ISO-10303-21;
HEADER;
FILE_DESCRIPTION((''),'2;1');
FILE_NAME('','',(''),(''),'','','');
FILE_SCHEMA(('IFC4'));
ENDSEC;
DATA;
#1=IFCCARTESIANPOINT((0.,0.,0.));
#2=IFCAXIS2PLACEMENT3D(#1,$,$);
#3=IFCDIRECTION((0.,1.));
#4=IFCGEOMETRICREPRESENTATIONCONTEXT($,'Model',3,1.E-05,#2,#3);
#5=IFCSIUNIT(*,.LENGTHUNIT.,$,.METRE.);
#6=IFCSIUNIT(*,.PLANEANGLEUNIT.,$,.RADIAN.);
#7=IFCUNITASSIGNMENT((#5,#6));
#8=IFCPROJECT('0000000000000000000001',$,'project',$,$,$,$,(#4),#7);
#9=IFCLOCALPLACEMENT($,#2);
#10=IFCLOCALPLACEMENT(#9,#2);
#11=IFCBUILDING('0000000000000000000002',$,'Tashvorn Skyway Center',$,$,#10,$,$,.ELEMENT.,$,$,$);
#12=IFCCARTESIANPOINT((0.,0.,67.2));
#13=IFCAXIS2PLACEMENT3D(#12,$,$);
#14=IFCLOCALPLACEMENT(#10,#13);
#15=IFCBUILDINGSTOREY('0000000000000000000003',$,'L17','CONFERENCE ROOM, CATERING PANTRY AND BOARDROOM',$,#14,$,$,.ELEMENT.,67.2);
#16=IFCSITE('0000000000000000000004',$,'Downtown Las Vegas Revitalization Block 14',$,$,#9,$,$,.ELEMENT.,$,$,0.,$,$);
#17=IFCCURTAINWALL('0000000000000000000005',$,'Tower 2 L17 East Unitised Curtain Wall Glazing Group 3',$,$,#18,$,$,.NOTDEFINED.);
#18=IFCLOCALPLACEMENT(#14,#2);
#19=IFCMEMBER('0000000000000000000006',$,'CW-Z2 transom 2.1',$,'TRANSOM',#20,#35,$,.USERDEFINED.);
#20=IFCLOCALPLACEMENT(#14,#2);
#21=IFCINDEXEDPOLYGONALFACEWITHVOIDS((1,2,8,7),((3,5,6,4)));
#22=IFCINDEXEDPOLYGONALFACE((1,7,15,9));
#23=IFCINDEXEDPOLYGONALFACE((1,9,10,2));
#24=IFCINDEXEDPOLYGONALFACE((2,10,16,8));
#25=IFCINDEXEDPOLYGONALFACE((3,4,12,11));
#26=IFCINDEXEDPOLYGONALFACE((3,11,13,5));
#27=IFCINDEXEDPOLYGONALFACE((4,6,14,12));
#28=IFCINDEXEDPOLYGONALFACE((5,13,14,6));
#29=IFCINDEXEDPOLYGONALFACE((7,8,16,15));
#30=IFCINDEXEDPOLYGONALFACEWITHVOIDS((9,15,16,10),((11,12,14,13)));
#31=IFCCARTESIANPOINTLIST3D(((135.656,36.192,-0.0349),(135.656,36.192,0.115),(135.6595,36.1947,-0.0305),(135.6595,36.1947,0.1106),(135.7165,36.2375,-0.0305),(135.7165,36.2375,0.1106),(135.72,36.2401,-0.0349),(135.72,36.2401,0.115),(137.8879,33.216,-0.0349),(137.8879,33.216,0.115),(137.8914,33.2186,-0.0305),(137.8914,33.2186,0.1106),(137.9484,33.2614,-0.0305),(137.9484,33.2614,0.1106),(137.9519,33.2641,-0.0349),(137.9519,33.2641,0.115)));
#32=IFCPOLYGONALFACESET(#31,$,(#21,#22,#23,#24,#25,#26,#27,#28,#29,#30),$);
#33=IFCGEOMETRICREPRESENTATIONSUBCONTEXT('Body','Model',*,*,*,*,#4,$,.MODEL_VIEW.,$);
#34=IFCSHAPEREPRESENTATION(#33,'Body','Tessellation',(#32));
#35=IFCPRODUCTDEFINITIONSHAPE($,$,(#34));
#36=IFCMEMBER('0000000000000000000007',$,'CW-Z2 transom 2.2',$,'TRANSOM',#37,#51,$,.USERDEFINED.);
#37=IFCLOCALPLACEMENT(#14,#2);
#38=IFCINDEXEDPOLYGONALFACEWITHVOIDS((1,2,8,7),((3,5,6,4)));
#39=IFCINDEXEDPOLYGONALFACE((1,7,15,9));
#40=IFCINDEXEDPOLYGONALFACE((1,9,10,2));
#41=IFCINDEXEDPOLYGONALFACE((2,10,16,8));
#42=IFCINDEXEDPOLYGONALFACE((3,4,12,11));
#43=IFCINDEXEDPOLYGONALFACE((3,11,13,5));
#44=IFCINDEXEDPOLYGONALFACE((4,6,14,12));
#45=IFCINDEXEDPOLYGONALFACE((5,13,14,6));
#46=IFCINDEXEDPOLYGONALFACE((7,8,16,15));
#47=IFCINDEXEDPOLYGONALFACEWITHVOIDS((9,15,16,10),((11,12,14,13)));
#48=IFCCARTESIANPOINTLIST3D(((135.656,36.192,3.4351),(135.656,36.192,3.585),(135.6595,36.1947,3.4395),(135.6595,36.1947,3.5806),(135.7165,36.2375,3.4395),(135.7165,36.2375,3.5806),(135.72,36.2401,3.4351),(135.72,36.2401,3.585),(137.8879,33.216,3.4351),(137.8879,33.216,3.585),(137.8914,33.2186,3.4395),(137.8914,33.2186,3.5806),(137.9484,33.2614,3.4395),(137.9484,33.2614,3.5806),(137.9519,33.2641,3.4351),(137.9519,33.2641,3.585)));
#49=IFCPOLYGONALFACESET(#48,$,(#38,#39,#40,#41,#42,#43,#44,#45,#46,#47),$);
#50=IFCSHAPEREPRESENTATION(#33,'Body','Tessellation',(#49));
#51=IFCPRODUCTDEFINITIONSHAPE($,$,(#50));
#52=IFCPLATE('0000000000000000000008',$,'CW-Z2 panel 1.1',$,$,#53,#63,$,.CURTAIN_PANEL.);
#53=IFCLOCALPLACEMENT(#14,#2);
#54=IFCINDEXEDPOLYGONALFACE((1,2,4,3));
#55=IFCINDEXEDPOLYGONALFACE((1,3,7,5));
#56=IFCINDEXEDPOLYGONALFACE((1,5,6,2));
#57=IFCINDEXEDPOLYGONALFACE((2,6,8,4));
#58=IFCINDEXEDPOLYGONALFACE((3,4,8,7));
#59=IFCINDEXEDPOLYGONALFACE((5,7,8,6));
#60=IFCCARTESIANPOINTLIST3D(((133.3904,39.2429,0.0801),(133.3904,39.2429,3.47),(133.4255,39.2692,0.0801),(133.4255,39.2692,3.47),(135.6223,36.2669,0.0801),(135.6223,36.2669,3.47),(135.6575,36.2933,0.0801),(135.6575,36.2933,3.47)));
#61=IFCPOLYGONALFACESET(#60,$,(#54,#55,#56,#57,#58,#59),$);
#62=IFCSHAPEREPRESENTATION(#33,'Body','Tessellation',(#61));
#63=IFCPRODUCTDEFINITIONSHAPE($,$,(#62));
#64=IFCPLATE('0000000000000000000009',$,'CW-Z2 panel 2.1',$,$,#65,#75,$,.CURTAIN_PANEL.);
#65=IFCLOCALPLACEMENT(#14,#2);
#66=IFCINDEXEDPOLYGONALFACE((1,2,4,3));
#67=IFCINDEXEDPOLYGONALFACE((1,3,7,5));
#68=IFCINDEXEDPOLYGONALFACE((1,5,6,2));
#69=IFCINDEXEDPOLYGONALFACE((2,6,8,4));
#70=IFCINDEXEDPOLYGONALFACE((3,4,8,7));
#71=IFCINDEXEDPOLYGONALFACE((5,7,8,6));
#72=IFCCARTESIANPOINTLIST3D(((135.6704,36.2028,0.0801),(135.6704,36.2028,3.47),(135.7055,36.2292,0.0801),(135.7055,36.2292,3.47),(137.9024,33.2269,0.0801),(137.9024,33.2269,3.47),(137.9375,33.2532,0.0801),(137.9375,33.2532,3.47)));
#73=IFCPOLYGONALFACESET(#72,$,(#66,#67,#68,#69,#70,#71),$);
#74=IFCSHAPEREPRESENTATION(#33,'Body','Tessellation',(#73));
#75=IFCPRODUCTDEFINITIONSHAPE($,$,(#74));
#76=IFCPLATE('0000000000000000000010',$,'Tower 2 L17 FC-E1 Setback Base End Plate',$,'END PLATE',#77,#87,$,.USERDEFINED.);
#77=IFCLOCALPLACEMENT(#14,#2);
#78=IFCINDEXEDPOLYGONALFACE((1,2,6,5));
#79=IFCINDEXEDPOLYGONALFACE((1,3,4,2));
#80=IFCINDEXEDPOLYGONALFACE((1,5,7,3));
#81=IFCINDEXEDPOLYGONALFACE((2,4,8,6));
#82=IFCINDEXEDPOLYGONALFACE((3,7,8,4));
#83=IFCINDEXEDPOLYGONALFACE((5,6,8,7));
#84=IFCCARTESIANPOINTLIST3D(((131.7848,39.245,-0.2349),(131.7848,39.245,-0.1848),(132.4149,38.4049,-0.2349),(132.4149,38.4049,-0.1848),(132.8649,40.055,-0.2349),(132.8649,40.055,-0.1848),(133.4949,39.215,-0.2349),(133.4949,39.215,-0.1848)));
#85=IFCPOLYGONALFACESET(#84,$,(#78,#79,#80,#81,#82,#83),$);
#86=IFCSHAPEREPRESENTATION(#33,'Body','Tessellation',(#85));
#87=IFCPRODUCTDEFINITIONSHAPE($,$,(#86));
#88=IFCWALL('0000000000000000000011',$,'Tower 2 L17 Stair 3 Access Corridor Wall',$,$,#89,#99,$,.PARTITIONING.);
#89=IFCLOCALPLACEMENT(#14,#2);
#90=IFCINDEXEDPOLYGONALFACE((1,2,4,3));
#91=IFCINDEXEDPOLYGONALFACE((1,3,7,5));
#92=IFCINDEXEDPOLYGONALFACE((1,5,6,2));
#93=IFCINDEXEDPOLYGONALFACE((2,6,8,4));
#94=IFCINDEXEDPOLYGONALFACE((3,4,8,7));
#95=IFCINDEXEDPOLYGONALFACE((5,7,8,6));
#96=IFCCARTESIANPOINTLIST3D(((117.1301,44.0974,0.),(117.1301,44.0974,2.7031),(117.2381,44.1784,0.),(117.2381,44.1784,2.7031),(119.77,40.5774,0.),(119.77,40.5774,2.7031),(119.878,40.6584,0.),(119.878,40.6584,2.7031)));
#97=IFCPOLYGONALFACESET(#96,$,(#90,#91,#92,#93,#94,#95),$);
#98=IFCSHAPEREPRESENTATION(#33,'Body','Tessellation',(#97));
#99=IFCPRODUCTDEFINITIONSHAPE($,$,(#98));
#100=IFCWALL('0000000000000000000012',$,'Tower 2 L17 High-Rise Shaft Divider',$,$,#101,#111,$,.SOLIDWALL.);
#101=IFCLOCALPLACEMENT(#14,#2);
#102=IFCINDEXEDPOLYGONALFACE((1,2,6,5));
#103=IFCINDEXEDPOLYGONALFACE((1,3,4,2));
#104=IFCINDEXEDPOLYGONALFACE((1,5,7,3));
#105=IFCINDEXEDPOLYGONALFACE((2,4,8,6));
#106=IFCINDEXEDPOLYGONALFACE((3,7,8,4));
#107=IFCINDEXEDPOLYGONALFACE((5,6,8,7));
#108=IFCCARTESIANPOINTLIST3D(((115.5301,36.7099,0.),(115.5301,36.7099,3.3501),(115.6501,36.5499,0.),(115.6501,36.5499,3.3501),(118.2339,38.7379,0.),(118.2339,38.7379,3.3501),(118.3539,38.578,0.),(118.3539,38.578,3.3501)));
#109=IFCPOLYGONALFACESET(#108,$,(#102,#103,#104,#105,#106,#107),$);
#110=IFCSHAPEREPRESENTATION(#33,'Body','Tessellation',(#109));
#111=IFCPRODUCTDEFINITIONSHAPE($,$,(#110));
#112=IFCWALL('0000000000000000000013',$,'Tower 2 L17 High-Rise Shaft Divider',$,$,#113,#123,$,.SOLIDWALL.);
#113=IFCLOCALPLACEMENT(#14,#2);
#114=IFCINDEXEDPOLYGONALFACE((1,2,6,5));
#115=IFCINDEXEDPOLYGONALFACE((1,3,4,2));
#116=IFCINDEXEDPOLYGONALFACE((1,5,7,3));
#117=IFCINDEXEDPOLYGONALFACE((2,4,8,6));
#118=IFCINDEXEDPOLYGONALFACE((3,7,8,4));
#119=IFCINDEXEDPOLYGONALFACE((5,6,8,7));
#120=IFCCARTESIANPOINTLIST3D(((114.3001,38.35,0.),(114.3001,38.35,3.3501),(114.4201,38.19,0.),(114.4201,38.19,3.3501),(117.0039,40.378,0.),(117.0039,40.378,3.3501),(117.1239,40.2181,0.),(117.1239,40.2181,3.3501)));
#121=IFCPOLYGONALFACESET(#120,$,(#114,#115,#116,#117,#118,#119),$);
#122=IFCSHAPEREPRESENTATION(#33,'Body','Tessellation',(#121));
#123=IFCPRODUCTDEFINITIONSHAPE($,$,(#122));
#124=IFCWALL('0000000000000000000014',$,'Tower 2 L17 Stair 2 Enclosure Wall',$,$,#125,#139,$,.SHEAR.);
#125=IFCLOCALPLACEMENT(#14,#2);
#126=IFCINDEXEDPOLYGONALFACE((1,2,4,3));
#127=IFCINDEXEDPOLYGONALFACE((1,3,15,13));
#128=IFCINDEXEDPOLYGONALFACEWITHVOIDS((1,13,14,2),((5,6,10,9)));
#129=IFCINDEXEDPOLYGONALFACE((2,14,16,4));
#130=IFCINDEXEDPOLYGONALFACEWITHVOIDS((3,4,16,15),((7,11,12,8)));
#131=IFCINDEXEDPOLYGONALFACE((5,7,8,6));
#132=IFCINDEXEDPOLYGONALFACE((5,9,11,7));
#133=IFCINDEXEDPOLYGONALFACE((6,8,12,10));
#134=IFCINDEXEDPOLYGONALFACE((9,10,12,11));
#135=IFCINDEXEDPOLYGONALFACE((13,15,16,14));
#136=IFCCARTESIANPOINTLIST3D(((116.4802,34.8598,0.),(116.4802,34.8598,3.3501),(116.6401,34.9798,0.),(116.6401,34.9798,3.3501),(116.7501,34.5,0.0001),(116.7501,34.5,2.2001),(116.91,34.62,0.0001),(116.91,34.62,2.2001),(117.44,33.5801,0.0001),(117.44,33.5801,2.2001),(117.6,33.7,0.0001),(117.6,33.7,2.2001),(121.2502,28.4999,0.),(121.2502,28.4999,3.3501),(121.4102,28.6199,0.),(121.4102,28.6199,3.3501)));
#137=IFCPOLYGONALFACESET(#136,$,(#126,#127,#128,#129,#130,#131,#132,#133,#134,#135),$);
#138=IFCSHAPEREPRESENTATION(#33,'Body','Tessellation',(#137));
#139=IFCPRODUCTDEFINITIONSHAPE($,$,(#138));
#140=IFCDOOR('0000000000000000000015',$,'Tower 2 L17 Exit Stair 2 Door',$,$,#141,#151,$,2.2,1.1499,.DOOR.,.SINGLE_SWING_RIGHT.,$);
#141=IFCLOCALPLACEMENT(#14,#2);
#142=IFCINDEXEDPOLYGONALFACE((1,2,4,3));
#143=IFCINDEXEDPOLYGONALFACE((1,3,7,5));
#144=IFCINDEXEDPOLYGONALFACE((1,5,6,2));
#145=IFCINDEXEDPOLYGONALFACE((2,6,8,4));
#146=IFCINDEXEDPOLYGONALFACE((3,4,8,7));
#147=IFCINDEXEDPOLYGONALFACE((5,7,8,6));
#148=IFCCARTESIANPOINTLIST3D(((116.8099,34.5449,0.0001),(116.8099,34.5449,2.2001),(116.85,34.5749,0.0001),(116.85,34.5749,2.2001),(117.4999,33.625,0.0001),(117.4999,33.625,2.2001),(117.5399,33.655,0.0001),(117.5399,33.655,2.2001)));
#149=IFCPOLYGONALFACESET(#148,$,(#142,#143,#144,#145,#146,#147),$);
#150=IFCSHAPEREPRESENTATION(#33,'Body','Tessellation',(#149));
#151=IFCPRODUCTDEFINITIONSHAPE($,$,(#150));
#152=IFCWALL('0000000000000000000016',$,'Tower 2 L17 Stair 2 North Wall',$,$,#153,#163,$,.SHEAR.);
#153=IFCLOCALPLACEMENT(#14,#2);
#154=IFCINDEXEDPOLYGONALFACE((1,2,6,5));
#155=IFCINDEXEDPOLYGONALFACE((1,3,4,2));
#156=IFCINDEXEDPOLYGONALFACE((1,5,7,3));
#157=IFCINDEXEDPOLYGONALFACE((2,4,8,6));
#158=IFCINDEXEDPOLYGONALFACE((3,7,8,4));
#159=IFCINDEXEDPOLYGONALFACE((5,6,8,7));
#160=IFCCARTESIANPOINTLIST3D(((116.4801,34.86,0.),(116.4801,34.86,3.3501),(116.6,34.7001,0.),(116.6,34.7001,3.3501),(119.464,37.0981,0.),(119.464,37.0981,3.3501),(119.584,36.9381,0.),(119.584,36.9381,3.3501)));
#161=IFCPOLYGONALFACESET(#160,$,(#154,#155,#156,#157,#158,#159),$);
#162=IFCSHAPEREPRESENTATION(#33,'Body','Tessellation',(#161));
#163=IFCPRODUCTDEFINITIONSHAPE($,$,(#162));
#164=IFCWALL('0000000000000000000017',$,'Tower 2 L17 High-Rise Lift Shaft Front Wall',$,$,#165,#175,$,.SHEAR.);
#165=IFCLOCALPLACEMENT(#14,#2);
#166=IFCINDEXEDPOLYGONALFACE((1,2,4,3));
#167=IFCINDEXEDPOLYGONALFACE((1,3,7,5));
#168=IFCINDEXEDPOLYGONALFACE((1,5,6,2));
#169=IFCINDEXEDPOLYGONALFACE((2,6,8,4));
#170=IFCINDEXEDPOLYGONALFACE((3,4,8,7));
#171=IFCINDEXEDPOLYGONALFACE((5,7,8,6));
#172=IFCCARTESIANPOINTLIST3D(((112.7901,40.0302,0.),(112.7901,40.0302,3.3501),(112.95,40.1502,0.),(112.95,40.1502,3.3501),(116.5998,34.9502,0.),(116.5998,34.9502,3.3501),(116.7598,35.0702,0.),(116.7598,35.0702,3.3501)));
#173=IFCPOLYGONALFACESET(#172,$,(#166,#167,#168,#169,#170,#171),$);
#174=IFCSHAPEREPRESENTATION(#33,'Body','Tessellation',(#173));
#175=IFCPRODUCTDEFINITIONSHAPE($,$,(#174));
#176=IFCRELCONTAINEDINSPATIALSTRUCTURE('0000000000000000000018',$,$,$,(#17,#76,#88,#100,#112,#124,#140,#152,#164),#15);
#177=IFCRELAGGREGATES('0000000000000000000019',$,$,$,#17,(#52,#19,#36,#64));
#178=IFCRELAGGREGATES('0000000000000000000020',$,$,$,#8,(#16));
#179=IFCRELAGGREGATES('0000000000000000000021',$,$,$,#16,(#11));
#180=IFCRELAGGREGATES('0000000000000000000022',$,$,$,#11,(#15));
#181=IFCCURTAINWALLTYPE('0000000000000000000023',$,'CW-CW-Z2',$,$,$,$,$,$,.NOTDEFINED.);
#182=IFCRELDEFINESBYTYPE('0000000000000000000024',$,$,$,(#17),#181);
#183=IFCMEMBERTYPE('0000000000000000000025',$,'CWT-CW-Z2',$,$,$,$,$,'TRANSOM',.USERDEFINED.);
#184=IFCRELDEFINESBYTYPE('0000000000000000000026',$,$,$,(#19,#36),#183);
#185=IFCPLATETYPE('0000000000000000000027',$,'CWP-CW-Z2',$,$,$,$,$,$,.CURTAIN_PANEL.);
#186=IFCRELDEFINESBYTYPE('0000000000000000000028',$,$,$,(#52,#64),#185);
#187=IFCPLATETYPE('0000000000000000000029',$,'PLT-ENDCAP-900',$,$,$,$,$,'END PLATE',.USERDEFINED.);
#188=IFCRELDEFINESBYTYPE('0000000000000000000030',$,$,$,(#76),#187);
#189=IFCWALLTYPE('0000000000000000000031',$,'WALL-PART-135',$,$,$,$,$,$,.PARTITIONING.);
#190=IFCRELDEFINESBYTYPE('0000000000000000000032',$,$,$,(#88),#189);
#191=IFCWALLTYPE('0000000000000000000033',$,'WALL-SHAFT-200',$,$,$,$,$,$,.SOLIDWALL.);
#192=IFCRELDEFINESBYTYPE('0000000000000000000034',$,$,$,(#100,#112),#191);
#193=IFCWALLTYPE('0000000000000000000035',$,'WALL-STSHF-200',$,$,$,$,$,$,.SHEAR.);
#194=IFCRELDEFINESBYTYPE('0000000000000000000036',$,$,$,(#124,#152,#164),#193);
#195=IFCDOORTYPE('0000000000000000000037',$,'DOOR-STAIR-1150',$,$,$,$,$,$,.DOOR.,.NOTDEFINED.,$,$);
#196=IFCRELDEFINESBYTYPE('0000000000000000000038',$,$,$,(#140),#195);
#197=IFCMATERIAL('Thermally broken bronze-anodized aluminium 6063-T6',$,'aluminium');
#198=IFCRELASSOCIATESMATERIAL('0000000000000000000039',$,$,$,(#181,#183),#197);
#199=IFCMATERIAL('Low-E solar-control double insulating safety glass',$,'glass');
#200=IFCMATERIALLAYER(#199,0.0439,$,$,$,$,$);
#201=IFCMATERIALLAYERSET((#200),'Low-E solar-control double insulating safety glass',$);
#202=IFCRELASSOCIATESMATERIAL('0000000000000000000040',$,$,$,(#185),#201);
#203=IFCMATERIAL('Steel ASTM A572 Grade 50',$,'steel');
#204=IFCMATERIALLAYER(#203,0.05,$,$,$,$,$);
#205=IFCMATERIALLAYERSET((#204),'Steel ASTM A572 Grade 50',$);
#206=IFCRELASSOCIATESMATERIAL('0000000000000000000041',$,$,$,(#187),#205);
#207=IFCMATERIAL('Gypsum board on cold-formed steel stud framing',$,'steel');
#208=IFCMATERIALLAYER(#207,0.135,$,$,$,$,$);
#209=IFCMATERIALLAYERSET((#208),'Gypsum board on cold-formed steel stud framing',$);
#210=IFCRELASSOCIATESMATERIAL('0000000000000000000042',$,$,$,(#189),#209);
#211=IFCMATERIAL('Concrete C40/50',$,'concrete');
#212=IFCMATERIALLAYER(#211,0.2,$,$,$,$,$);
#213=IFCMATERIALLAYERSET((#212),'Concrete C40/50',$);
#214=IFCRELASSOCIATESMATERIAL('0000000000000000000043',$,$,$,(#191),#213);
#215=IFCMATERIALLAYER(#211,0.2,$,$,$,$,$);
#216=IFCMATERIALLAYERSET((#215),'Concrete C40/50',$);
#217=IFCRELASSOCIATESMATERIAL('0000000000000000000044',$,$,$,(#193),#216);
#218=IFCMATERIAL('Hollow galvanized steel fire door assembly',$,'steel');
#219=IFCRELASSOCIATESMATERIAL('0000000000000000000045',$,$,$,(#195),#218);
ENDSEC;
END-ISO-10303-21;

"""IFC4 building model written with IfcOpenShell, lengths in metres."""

from ifc_helpers import new_model, si_unit, direction, frame, frame_2d, origin, origin_2d, place, context, subcontext, project, spatial, rectangle, hollow_rectangle, extrude, material, layer, layer_set, material_profile, profile_set, type_object, element, fill, aggregate, save


model = new_model("IFC4")

# Units and contexts
model_context = context("Model", 3, precision=1e-05, world=origin(), true_north=direction((0.0, 1.0)))
body_context = subcontext(model_context, "Body", "Model", "MODEL_VIEW")
ifc_project = project(units=[si_unit("LENGTHUNIT", "METRE"), si_unit("PLANEANGLEUNIT", "RADIAN")], contexts=[model_context])

# Site, building, storey
site_placement = place(None, origin())
site = spatial("IfcSite", under=ifc_project, at=site_placement, Name="Downtown Las Vegas Revitalization Block 14", CompositionType="ELEMENT", RefElevation=0.0)
building_placement = place(site_placement, origin())
building = spatial("IfcBuilding", under=site, at=building_placement, Name="Tashvorn Skyway Center", CompositionType="ELEMENT")
storey_placement = place(building_placement, frame((0.0, 0.0, 67.2)))
storey = spatial("IfcBuildingStorey", under=building, at=storey_placement, Name="L17", Description="CONFERENCE ROOM, CATERING PANTRY AND BOARDROOM", CompositionType="ELEMENT", Elevation=67.2)

# Shared definitions
ifc_material_1 = material(Name="Steel ASTM A572 Grade 50", Category="steel")

# Shared definitions
ifc_material_2 = material(Name="Thermally broken bronze-anodized aluminium 6063-T6", Category="aluminium")
curtain_wall_type = type_object("IfcCurtainWallType", Name="CW-CW-Z2", PredefinedType="NOTDEFINED", material=ifc_material_2)

# Curtain wall, members, plates
curtain_wall_1_placement = place(storey_placement, origin())
curtain_wall_1 = element("IfcCurtainWall", 1, at=curtain_wall_1_placement, inside=storey, type_object=curtain_wall_type, Name="Tower 2 L17 East Unitised Curtain Wall Glazing Group 3", PredefinedType="NOTDEFINED")
ifc_material_profile_1 = material_profile(ifc_material_2, hollow_rectangle(XDim=0.0801, YDim=0.1499, WallThickness=0.0044, at=origin_2d()), Name="ALU-TRAN-80x150")
ifc_profile_set_1 = profile_set([ifc_material_profile_1], Name="Thermally broken bronze-anodized aluminium 6063-T6")
member_type_1 = type_object("IfcMemberType", Name="CWT-CW-Z2", ElementType="TRANSOM", PredefinedType="USERDEFINED", material=ifc_profile_set_1)
member_1_placement = place(storey_placement, frame((135.688, 36.2161, 0.04), z_axis=(0.599979, -0.800016, 0.0), x_axis=(0.800016, 0.599979, 0.0)))
member_1 = element("IfcMember", 2, at=member_1_placement, type_object=member_type_1, Name="CW-Z2 transom 2.1", ObjectType="TRANSOM", PredefinedType="USERDEFINED", context=body_context, shape_type="SweptSolid", body=[
    extrude(hollow_rectangle(XDim=0.0801, YDim=0.1499, WallThickness=0.0044, at=origin_2d()), origin(), (0.0, 0.0, 1.0), 3.72),
])
member_2_placement = place(storey_placement, frame((135.688, 36.2161, 3.51), z_axis=(0.599979, -0.800016, 0.0), x_axis=(0.800016, 0.599979, 0.0)))
member_2 = element("IfcMember", 3, at=member_2_placement, type_object=member_type_1, Name="CW-Z2 transom 2.2", ObjectType="TRANSOM", PredefinedType="USERDEFINED", context=body_context, shape_type="SweptSolid", body=[
    extrude(hollow_rectangle(XDim=0.0801, YDim=0.1499, WallThickness=0.0044, at=origin_2d()), origin(), (0.0, 0.0, 1.0), 3.72),
])
ifc_material_3 = material(Name="Low-E solar-control double insulating safety glass", Category="glass")
ifc_layer_1 = layer(ifc_material_3, 0.0439)
ifc_layer_set_1 = layer_set([ifc_layer_1], Name="Low-E solar-control double insulating safety glass")
plate_type_1 = type_object("IfcPlateType", Name="CWP-CW-Z2", PredefinedType="CURTAIN_PANEL", material=ifc_layer_set_1)
plate_1_placement = place(storey_placement, frame((134.5239, 37.7681, 0.0801), z_axis=(0.0, 0.0, 1.0), x_axis=(0.6, -0.8, 0.0)))
plate_1 = element("IfcPlate", 4, at=plate_1_placement, type_object=plate_type_1, Name="CW-Z2 panel 1.1", PredefinedType="CURTAIN_PANEL", context=body_context, shape_type="SweptSolid", body=[
    extrude(rectangle(XDim=3.72, YDim=0.0439, at=origin_2d()), origin(), (0.0, 0.0, 1.0), 3.3899),
])
plate_2_placement = place(storey_placement, frame((136.804, 34.728, 0.0801), z_axis=(0.0, 0.0, 1.0), x_axis=(0.6, -0.8, 0.0)))
plate_2 = element("IfcPlate", 5, at=plate_2_placement, type_object=plate_type_1, Name="CW-Z2 panel 2.1", PredefinedType="CURTAIN_PANEL", context=body_context, shape_type="SweptSolid", body=[
    extrude(rectangle(XDim=3.72, YDim=0.0439, at=origin_2d()), origin(), (0.0, 0.0, 1.0), 3.3899),
])
aggregate(curtain_wall_1, [plate_1, member_1, member_2, plate_2])

# Plate
ifc_layer_2 = layer(ifc_material_1, 0.05)
ifc_layer_set_2 = layer_set([ifc_layer_2], Name="Steel ASTM A572 Grade 50")
plate_type_2 = type_object("IfcPlateType", Name="PLT-ENDCAP-900", ElementType="END PLATE", PredefinedType="USERDEFINED", material=ifc_layer_set_2)
plate_3_placement = place(storey_placement, frame((132.6399, 39.23, -0.2349), z_axis=(0.0, 0.0, 1.0), x_axis=(0.8, 0.6, 0.0)))
element("IfcPlate", 6, at=plate_3_placement, inside=storey, type_object=plate_type_2, Name="Tower 2 L17 FC-E1 Setback Base End Plate", ObjectType="END PLATE", PredefinedType="USERDEFINED", context=body_context, shape_type="SweptSolid", body=[
    extrude(rectangle(XDim=1.3501, YDim=1.05, at=origin_2d()), origin(), (0.0, 0.0, 1.0), 0.05),
])

# Walls
ifc_material_4 = material(Name="Gypsum board on cold-formed steel stud framing", Category="steel")
ifc_layer_3 = layer(ifc_material_4, 0.135)
ifc_layer_set_3 = layer_set([ifc_layer_3], Name="Gypsum board on cold-formed steel stud framing")
wall_type_1 = type_object("IfcWallType", Name="WALL-PART-135", PredefinedType="PARTITIONING", material=ifc_layer_set_3)
wall_1_placement = place(storey_placement, frame((119.824, 40.6179, 0.0), z_axis=(0.0, 0.0, 1.0), x_axis=(-0.599982, 0.800013, 0.0)))
element("IfcWall", 7, at=wall_1_placement, inside=storey, type_object=wall_type_1, Name="Tower 2 L17 Stair 3 Access Corridor Wall", PredefinedType="PARTITIONING", context=body_context, shape_type="SweptSolid", body=[
    extrude(rectangle(XDim=4.3999, YDim=0.135, at=frame_2d((2.2, 0.0))), origin(), (0.0, 0.0, 1.0), 2.7031),
])
ifc_material_5 = material(Name="Concrete C40/50", Category="concrete")
ifc_layer_4 = layer(ifc_material_5, 0.2)
ifc_layer_set_4 = layer_set([ifc_layer_4], Name="Concrete C40/50")
wall_type_2 = type_object("IfcWallType", Name="WALL-SHAFT-200", PredefinedType="SOLIDWALL", material=ifc_layer_set_4)
for number, where, z_axis, x_axis, name in (
    (8, (115.5901, 36.6299, 0.0), (0.0, 0.0, 1.0), (0.799974, 0.600035, 0.0), "Tower 2 L17 High-Rise Shaft Divider"),
    (9, (114.3601, 38.27, 0.0), (0.0, 0.0, 1.0), (0.799974, 0.600035, 0.0), "Tower 2 L17 High-Rise Shaft Divider"),
):
    element("IfcWall", number, at=place(storey_placement, frame(where, z_axis=z_axis, x_axis=x_axis)), inside=storey, type_object=wall_type_2, Name=name, PredefinedType="SOLIDWALL", context=body_context, shape_type="SweptSolid", body=[
        extrude(rectangle(XDim=3.3799, YDim=0.2, at=frame_2d((1.6899, 0.0))), origin(), (0.0, 0.0, 1.0), 3.3501),
    ])

# Wall, opening, door
ifc_layer_5 = layer(ifc_material_5, 0.2)
ifc_layer_set_5 = layer_set([ifc_layer_5], Name="Concrete C40/50")
wall_type_3 = type_object("IfcWallType", Name="WALL-STSHF-200", PredefinedType="SHEAR", material=ifc_layer_set_5)
wall_2_placement = place(storey_placement, frame((116.5601, 34.9199, 0.0), z_axis=(0.0, 0.0, 1.0), x_axis=(0.60001, -0.799993, 0.0)))
wall_2 = element("IfcWall", 10, at=wall_2_placement, inside=storey, type_object=wall_type_3, Name="Tower 2 L17 Stair 2 Enclosure Wall", PredefinedType="SHEAR", context=body_context, shape_type="SweptSolid", body=[
    extrude(rectangle(XDim=7.95, YDim=0.2, at=frame_2d((3.9751, 0.0))), origin(), (0.0, 0.0, 1.0), 3.3501),
])
opening_1_placement = place(wall_2_placement, frame((0.45, 0.0, 0.0)))
opening_1 = element("IfcOpeningElement", 11, at=opening_1_placement, cuts=wall_2, PredefinedType="OPENING", context=body_context, shape_type="SweptSolid", body=[
    extrude(rectangle(XDim=1.1499, YDim=2.2, at=frame_2d((0.575, 1.1001))), frame((0.0, 0.1099, 0.0), z_axis=(0.0, -1.0, 0.0), x_axis=(1.0, 0.0, 0.0)), (0.0, 0.0, 1.0), 0.22),
])
ifc_material_6 = material(Name="Hollow galvanized steel fire door assembly", Category="steel")
door_type = type_object("IfcDoorType", Name="DOOR-STAIR-1150", OperationType="NOTDEFINED", PredefinedType="DOOR", material=ifc_material_6)
door_1_placement = place(opening_1_placement, origin())
door_1 = element("IfcDoor", 12, at=door_1_placement, inside=storey, type_object=door_type, Name="Tower 2 L17 Exit Stair 2 Door", OperationType="SINGLE_SWING_RIGHT", OverallHeight=2.2, OverallWidth=1.1499, PredefinedType="DOOR", context=body_context, shape_type="SweptSolid", body=[
    extrude(rectangle(XDim=1.1499, YDim=2.2, at=frame_2d((0.575, 1.1001))), frame((0.0, 0.0249, 0.0), z_axis=(0.0, -1.0, 0.0), x_axis=(1.0, 0.0, 0.0)), (0.0, 0.0, 1.0), 0.05),
])
fill(opening_1, door_1)

# Walls
wall_3_placement = place(storey_placement, frame((116.54, 34.78, 0.0), z_axis=(0.0, 0.0, 1.0), x_axis=(0.799984, 0.600021, 0.0)))
element("IfcWall", 13, at=wall_3_placement, inside=storey, type_object=wall_type_3, Name="Tower 2 L17 Stair 2 North Wall", PredefinedType="SHEAR", context=body_context, shape_type="SweptSolid", body=[
    extrude(rectangle(XDim=3.73, YDim=0.2, at=frame_2d((1.865, 0.0))), origin(), (0.0, 0.0, 1.0), 3.3501),
])
wall_4_placement = place(storey_placement, frame((112.8701, 40.0901, 0.0), z_axis=(0.0, 0.0, 1.0), x_axis=(0.599975, -0.800018, 0.0)))
element("IfcWall", 14, at=wall_4_placement, inside=storey, type_object=wall_type_3, Name="Tower 2 L17 High-Rise Lift Shaft Front Wall", PredefinedType="SHEAR", context=body_context, shape_type="SweptSolid", body=[
    extrude(rectangle(XDim=6.3499, YDim=0.2, at=frame_2d((3.1748, 0.0))), origin(), (0.0, 0.0, 1.0), 3.3501),
])

save(model, "model.ifc")
